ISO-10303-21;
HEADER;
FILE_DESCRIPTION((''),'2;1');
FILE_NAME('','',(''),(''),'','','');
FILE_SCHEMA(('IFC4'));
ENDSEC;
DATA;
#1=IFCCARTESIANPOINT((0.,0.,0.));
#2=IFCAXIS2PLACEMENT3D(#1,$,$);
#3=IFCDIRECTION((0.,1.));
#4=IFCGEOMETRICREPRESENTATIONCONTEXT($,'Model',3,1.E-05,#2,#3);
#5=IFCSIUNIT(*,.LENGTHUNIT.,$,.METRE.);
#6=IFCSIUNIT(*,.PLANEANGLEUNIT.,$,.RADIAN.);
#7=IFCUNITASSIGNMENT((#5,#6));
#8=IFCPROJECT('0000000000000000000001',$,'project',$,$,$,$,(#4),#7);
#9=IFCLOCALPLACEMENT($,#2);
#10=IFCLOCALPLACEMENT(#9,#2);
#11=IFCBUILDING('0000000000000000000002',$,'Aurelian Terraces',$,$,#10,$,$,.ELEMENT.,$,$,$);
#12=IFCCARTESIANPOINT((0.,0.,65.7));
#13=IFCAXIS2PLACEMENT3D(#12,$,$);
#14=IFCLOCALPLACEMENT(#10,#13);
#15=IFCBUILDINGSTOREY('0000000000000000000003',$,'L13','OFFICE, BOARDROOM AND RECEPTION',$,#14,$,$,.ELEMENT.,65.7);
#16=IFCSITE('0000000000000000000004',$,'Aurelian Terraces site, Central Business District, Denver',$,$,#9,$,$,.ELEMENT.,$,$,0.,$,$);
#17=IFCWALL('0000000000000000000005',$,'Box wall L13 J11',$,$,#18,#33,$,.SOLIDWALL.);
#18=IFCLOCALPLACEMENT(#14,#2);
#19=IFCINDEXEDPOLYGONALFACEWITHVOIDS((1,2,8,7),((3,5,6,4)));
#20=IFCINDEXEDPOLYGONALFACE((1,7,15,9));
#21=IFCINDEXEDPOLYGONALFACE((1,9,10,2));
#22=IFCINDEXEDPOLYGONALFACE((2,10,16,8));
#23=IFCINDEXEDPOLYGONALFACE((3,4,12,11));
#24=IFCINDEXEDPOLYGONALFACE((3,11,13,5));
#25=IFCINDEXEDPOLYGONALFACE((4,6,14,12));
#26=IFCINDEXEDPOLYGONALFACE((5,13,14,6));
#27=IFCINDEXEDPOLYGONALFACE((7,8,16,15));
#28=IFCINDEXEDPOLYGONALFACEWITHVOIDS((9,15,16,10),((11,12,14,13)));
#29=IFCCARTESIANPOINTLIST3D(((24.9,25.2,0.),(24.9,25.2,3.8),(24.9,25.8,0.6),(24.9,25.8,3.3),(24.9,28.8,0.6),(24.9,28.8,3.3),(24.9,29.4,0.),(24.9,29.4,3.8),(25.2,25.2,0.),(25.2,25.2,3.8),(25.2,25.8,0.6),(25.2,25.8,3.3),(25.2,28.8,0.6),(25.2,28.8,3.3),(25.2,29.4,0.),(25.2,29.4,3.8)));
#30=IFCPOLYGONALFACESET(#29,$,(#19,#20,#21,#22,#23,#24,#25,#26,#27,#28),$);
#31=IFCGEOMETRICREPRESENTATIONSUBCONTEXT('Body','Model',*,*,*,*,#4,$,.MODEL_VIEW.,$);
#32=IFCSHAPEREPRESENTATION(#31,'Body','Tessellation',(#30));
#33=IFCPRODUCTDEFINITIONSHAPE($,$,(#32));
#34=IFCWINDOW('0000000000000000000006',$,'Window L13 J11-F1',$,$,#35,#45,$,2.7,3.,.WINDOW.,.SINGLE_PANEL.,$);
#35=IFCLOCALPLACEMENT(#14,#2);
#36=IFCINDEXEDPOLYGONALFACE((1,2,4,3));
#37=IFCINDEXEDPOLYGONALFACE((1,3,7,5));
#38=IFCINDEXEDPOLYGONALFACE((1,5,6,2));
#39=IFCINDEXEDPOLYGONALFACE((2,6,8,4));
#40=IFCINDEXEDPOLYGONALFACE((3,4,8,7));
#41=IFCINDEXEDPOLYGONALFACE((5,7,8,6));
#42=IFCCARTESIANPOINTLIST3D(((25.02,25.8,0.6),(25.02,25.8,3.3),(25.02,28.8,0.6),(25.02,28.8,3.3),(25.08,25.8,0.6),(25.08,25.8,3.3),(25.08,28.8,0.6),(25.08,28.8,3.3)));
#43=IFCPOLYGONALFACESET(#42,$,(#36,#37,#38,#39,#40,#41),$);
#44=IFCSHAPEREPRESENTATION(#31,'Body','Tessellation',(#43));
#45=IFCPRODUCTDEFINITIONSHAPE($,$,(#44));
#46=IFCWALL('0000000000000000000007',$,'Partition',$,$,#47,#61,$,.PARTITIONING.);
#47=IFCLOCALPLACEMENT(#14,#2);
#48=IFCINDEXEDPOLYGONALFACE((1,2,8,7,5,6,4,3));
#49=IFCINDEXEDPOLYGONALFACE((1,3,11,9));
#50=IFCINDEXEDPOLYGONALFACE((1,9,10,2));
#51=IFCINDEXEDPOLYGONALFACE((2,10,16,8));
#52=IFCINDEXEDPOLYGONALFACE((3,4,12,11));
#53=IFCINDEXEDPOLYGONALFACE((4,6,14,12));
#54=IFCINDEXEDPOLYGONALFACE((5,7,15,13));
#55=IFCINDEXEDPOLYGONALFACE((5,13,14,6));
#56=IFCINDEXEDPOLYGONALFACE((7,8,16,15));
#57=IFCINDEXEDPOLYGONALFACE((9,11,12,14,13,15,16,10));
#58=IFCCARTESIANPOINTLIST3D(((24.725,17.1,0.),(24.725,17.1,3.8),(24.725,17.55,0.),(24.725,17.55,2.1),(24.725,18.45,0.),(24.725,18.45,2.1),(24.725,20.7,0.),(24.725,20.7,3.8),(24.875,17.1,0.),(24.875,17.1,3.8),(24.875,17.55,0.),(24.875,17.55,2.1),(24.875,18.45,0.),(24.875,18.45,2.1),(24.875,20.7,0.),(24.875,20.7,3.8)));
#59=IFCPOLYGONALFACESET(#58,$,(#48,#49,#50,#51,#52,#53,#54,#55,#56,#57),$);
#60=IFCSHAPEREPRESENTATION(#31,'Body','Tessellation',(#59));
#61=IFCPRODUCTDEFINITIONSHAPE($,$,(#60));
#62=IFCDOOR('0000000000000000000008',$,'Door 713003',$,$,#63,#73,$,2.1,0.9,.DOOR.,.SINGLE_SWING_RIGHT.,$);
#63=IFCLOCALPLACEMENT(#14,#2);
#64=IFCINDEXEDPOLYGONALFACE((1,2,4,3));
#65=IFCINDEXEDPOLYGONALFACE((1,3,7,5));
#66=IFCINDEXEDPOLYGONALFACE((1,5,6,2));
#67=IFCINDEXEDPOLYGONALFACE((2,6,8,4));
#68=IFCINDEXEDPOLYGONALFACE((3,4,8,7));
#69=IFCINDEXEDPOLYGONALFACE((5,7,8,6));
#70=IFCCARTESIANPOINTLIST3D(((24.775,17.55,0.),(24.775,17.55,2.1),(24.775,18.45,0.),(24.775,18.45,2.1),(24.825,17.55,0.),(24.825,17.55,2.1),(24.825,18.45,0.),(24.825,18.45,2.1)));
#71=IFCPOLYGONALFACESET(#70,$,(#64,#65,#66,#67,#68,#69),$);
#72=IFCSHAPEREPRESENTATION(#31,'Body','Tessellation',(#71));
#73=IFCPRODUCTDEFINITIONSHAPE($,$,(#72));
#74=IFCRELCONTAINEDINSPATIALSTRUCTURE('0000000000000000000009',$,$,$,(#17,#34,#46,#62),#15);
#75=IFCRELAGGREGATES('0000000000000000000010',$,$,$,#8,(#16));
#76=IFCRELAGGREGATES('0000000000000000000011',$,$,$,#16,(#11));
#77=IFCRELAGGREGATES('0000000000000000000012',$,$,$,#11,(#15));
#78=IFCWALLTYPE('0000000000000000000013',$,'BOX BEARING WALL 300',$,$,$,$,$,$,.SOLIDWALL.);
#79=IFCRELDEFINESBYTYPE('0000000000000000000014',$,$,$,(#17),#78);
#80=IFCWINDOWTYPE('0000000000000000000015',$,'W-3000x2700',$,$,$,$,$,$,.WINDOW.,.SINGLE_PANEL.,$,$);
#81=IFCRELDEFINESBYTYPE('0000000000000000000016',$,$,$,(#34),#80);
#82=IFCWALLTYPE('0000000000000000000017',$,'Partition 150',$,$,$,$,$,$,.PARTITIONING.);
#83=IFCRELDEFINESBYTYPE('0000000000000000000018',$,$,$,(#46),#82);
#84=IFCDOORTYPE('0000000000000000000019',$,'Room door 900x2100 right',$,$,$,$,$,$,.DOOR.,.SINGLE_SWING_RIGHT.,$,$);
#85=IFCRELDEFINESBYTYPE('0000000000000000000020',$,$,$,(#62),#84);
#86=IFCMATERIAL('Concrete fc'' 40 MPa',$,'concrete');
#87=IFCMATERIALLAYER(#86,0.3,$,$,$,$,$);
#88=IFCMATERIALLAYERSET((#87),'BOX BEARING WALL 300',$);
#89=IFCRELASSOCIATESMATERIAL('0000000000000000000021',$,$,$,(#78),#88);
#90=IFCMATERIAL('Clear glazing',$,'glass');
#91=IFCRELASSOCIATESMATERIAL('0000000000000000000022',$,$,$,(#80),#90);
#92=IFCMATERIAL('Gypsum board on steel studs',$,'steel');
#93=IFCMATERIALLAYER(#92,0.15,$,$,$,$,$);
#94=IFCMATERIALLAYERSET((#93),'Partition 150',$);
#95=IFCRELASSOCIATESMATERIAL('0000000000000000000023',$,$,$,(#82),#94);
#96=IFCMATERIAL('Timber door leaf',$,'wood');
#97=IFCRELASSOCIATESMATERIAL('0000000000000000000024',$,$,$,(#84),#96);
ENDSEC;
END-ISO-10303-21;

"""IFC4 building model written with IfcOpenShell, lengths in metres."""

from ifc_helpers import new_model, si_unit, direction, frame, frame_2d, origin, place, context, subcontext, project, spatial, rectangle, extrude, source, transform, mapped, material, layer, layer_set, type_object, element, fill, save


model = new_model("IFC4")

# Units and contexts
model_context = context("Model", 3, precision=1e-05, world=origin(), true_north=direction((0.0, 1.0)))
body_context = subcontext(model_context, "Body", "Model", "MODEL_VIEW")
ifc_project = project(units=[si_unit("LENGTHUNIT", "METRE"), si_unit("PLANEANGLEUNIT", "RADIAN")], contexts=[model_context])

# Site, building, storey
site_placement = place(None, origin())
site = spatial("IfcSite", under=ifc_project, at=site_placement, Name="Aurelian Terraces site, Central Business District, Denver", CompositionType="ELEMENT", RefElevation=0.0)
building_placement = place(site_placement, origin())
building = spatial("IfcBuilding", under=site, at=building_placement, Name="Aurelian Terraces", CompositionType="ELEMENT")
storey_placement = place(building_placement, frame((0.0, 0.0, 65.7)))
storey = spatial("IfcBuildingStorey", under=building, at=storey_placement, Name="L13", Description="OFFICE, BOARDROOM AND RECEPTION", CompositionType="ELEMENT", Elevation=65.7)

# Shared definitions
ifc_material_1 = material(Name="Concrete fc' 40 MPa", Category="concrete")
ifc_material_2 = material(Name="Clear glazing", Category="glass")

# Shared definitions
ifc_material_3 = material(Name="Timber door leaf", Category="wood")

# Wall, opening, window
ifc_layer_1 = layer(ifc_material_1, 0.3)
ifc_layer_set_1 = layer_set([ifc_layer_1], Name="BOX BEARING WALL 300")
wall_type_1 = type_object("IfcWallType", Name="BOX BEARING WALL 300", PredefinedType="SOLIDWALL", material=ifc_layer_set_1)
shared_shape_1 = source(origin(), body_context, "Body", "SweptSolid", [
    extrude(rectangle(XDim=4.2, YDim=0.3, at=frame_2d((2.1, 0.0))), origin(), (0.0, 0.0, 1.0), 3.8),
])
wall_1_placement = place(storey_placement, frame((25.05, 25.2, 0.0), z_axis=(0.0, 0.0, 1.0), x_axis=(0.0, 1.0, 0.0)))
wall_1 = element("IfcWall", 1, at=wall_1_placement, inside=storey, type_object=wall_type_1, Name="Box wall L13 J11", PredefinedType="SOLIDWALL", context=body_context, shape_type="MappedRepresentation", body=[
    mapped(shared_shape_1, transform((0.0, 0.0, 0.0), scale=1.0)),
])
shared_shape_2 = source(origin(), body_context, "Body", "SweptSolid", [
    extrude(rectangle(XDim=3.0, YDim=2.7, at=frame_2d((1.5, 1.35))), frame((0.0, 0.16, 0.0), z_axis=(0.0, -1.0, 0.0), x_axis=(1.0, 0.0, 0.0)), (0.0, 0.0, 1.0), 0.32),
])
opening_1_placement = place(wall_1_placement, frame((0.6, 0.0, 0.6)))
opening_1 = element("IfcOpeningElement", 2, at=opening_1_placement, cuts=wall_1, PredefinedType="OPENING", context=body_context, shape_type="MappedRepresentation", body=[
    mapped(shared_shape_2, transform((0.0, 0.0, 0.0), scale=1.0)),
])
window_type_1 = type_object("IfcWindowType", Name="W-3000x2700", PartitioningType="SINGLE_PANEL", PredefinedType="WINDOW", material=ifc_material_2)
shared_shape_3 = source(origin(), body_context, "Body", "SweptSolid", [
    extrude(rectangle(XDim=3.0, YDim=2.7, at=frame_2d((1.5, 1.35))), frame((0.0, 0.03, 0.0), z_axis=(0.0, -1.0, 0.0), x_axis=(1.0, 0.0, 0.0)), (0.0, 0.0, 1.0), 0.06),
])
window_1_placement = place(opening_1_placement, origin())
window_1 = element("IfcWindow", 3, at=window_1_placement, inside=storey, type_object=window_type_1, Name="Window L13 J11-F1", OverallHeight=2.7, OverallWidth=3.0, PartitioningType="SINGLE_PANEL", PredefinedType="WINDOW", context=body_context, shape_type="MappedRepresentation", body=[
    mapped(shared_shape_3, transform((0.0, 0.0, 0.0), scale=1.0)),
])
fill(opening_1, window_1)

# Wall, opening, door
ifc_material_4 = material(Name="Gypsum board on steel studs", Category="steel")
ifc_layer_2 = layer(ifc_material_4, 0.15)
ifc_layer_set_2 = layer_set([ifc_layer_2], Name="Partition 150")
wall_type_2 = type_object("IfcWallType", Name="Partition 150", PredefinedType="PARTITIONING", material=ifc_layer_set_2)
shared_shape_4 = source(origin(), body_context, "Body", "SweptSolid", [
    extrude(rectangle(XDim=3.6, YDim=0.15, at=frame_2d((1.8, 0.0))), origin(), (0.0, 0.0, 1.0), 3.8),
])
wall_2_placement = place(storey_placement, frame((24.8, 20.7, 0.0), z_axis=(0.0, 0.0, 1.0), x_axis=(0.0, -1.0, 0.0)))
wall_2 = element("IfcWall", 4, at=wall_2_placement, inside=storey, type_object=wall_type_2, Name="Partition", PredefinedType="PARTITIONING", context=body_context, shape_type="MappedRepresentation", body=[
    mapped(shared_shape_4, transform((0.0, 0.0, 0.0), scale=1.0)),
])
shared_shape_5 = source(origin(), body_context, "Body", "SweptSolid", [
    extrude(rectangle(XDim=0.9, YDim=2.1, at=frame_2d((0.45, 1.05))), frame((0.0, 0.085, 0.0), z_axis=(0.0, -1.0, 0.0), x_axis=(1.0, 0.0, 0.0)), (0.0, 0.0, 1.0), 0.17),
])
opening_2_placement = place(wall_2_placement, frame((2.25, 0.0, 0.0)))
opening_2 = element("IfcOpeningElement", 5, at=opening_2_placement, cuts=wall_2, PredefinedType="OPENING", context=body_context, shape_type="MappedRepresentation", body=[
    mapped(shared_shape_5, transform((0.0, 0.0, 0.0), scale=1.0)),
])
door_type_1 = type_object("IfcDoorType", Name="Room door 900x2100 right", OperationType="SINGLE_SWING_RIGHT", PredefinedType="DOOR", material=ifc_material_3)
shared_shape_6 = source(origin(), body_context, "Body", "SweptSolid", [
    extrude(rectangle(XDim=0.9, YDim=2.1, at=frame_2d((0.45, 1.05))), frame((0.0, 0.025, 0.0), z_axis=(0.0, -1.0, 0.0), x_axis=(1.0, 0.0, 0.0)), (0.0, 0.0, 1.0), 0.05),
])
door_1_placement = place(opening_2_placement, origin())
door_1 = element("IfcDoor", 6, at=door_1_placement, inside=storey, type_object=door_type_1, Name="Door 713003", OperationType="SINGLE_SWING_RIGHT", OverallHeight=2.1, OverallWidth=0.9, PredefinedType="DOOR", context=body_context, shape_type="MappedRepresentation", body=[
    mapped(shared_shape_6, transform((0.0, 0.0, 0.0), scale=1.0)),
])
fill(opening_2, door_1)

save(model, "model.ifc")
